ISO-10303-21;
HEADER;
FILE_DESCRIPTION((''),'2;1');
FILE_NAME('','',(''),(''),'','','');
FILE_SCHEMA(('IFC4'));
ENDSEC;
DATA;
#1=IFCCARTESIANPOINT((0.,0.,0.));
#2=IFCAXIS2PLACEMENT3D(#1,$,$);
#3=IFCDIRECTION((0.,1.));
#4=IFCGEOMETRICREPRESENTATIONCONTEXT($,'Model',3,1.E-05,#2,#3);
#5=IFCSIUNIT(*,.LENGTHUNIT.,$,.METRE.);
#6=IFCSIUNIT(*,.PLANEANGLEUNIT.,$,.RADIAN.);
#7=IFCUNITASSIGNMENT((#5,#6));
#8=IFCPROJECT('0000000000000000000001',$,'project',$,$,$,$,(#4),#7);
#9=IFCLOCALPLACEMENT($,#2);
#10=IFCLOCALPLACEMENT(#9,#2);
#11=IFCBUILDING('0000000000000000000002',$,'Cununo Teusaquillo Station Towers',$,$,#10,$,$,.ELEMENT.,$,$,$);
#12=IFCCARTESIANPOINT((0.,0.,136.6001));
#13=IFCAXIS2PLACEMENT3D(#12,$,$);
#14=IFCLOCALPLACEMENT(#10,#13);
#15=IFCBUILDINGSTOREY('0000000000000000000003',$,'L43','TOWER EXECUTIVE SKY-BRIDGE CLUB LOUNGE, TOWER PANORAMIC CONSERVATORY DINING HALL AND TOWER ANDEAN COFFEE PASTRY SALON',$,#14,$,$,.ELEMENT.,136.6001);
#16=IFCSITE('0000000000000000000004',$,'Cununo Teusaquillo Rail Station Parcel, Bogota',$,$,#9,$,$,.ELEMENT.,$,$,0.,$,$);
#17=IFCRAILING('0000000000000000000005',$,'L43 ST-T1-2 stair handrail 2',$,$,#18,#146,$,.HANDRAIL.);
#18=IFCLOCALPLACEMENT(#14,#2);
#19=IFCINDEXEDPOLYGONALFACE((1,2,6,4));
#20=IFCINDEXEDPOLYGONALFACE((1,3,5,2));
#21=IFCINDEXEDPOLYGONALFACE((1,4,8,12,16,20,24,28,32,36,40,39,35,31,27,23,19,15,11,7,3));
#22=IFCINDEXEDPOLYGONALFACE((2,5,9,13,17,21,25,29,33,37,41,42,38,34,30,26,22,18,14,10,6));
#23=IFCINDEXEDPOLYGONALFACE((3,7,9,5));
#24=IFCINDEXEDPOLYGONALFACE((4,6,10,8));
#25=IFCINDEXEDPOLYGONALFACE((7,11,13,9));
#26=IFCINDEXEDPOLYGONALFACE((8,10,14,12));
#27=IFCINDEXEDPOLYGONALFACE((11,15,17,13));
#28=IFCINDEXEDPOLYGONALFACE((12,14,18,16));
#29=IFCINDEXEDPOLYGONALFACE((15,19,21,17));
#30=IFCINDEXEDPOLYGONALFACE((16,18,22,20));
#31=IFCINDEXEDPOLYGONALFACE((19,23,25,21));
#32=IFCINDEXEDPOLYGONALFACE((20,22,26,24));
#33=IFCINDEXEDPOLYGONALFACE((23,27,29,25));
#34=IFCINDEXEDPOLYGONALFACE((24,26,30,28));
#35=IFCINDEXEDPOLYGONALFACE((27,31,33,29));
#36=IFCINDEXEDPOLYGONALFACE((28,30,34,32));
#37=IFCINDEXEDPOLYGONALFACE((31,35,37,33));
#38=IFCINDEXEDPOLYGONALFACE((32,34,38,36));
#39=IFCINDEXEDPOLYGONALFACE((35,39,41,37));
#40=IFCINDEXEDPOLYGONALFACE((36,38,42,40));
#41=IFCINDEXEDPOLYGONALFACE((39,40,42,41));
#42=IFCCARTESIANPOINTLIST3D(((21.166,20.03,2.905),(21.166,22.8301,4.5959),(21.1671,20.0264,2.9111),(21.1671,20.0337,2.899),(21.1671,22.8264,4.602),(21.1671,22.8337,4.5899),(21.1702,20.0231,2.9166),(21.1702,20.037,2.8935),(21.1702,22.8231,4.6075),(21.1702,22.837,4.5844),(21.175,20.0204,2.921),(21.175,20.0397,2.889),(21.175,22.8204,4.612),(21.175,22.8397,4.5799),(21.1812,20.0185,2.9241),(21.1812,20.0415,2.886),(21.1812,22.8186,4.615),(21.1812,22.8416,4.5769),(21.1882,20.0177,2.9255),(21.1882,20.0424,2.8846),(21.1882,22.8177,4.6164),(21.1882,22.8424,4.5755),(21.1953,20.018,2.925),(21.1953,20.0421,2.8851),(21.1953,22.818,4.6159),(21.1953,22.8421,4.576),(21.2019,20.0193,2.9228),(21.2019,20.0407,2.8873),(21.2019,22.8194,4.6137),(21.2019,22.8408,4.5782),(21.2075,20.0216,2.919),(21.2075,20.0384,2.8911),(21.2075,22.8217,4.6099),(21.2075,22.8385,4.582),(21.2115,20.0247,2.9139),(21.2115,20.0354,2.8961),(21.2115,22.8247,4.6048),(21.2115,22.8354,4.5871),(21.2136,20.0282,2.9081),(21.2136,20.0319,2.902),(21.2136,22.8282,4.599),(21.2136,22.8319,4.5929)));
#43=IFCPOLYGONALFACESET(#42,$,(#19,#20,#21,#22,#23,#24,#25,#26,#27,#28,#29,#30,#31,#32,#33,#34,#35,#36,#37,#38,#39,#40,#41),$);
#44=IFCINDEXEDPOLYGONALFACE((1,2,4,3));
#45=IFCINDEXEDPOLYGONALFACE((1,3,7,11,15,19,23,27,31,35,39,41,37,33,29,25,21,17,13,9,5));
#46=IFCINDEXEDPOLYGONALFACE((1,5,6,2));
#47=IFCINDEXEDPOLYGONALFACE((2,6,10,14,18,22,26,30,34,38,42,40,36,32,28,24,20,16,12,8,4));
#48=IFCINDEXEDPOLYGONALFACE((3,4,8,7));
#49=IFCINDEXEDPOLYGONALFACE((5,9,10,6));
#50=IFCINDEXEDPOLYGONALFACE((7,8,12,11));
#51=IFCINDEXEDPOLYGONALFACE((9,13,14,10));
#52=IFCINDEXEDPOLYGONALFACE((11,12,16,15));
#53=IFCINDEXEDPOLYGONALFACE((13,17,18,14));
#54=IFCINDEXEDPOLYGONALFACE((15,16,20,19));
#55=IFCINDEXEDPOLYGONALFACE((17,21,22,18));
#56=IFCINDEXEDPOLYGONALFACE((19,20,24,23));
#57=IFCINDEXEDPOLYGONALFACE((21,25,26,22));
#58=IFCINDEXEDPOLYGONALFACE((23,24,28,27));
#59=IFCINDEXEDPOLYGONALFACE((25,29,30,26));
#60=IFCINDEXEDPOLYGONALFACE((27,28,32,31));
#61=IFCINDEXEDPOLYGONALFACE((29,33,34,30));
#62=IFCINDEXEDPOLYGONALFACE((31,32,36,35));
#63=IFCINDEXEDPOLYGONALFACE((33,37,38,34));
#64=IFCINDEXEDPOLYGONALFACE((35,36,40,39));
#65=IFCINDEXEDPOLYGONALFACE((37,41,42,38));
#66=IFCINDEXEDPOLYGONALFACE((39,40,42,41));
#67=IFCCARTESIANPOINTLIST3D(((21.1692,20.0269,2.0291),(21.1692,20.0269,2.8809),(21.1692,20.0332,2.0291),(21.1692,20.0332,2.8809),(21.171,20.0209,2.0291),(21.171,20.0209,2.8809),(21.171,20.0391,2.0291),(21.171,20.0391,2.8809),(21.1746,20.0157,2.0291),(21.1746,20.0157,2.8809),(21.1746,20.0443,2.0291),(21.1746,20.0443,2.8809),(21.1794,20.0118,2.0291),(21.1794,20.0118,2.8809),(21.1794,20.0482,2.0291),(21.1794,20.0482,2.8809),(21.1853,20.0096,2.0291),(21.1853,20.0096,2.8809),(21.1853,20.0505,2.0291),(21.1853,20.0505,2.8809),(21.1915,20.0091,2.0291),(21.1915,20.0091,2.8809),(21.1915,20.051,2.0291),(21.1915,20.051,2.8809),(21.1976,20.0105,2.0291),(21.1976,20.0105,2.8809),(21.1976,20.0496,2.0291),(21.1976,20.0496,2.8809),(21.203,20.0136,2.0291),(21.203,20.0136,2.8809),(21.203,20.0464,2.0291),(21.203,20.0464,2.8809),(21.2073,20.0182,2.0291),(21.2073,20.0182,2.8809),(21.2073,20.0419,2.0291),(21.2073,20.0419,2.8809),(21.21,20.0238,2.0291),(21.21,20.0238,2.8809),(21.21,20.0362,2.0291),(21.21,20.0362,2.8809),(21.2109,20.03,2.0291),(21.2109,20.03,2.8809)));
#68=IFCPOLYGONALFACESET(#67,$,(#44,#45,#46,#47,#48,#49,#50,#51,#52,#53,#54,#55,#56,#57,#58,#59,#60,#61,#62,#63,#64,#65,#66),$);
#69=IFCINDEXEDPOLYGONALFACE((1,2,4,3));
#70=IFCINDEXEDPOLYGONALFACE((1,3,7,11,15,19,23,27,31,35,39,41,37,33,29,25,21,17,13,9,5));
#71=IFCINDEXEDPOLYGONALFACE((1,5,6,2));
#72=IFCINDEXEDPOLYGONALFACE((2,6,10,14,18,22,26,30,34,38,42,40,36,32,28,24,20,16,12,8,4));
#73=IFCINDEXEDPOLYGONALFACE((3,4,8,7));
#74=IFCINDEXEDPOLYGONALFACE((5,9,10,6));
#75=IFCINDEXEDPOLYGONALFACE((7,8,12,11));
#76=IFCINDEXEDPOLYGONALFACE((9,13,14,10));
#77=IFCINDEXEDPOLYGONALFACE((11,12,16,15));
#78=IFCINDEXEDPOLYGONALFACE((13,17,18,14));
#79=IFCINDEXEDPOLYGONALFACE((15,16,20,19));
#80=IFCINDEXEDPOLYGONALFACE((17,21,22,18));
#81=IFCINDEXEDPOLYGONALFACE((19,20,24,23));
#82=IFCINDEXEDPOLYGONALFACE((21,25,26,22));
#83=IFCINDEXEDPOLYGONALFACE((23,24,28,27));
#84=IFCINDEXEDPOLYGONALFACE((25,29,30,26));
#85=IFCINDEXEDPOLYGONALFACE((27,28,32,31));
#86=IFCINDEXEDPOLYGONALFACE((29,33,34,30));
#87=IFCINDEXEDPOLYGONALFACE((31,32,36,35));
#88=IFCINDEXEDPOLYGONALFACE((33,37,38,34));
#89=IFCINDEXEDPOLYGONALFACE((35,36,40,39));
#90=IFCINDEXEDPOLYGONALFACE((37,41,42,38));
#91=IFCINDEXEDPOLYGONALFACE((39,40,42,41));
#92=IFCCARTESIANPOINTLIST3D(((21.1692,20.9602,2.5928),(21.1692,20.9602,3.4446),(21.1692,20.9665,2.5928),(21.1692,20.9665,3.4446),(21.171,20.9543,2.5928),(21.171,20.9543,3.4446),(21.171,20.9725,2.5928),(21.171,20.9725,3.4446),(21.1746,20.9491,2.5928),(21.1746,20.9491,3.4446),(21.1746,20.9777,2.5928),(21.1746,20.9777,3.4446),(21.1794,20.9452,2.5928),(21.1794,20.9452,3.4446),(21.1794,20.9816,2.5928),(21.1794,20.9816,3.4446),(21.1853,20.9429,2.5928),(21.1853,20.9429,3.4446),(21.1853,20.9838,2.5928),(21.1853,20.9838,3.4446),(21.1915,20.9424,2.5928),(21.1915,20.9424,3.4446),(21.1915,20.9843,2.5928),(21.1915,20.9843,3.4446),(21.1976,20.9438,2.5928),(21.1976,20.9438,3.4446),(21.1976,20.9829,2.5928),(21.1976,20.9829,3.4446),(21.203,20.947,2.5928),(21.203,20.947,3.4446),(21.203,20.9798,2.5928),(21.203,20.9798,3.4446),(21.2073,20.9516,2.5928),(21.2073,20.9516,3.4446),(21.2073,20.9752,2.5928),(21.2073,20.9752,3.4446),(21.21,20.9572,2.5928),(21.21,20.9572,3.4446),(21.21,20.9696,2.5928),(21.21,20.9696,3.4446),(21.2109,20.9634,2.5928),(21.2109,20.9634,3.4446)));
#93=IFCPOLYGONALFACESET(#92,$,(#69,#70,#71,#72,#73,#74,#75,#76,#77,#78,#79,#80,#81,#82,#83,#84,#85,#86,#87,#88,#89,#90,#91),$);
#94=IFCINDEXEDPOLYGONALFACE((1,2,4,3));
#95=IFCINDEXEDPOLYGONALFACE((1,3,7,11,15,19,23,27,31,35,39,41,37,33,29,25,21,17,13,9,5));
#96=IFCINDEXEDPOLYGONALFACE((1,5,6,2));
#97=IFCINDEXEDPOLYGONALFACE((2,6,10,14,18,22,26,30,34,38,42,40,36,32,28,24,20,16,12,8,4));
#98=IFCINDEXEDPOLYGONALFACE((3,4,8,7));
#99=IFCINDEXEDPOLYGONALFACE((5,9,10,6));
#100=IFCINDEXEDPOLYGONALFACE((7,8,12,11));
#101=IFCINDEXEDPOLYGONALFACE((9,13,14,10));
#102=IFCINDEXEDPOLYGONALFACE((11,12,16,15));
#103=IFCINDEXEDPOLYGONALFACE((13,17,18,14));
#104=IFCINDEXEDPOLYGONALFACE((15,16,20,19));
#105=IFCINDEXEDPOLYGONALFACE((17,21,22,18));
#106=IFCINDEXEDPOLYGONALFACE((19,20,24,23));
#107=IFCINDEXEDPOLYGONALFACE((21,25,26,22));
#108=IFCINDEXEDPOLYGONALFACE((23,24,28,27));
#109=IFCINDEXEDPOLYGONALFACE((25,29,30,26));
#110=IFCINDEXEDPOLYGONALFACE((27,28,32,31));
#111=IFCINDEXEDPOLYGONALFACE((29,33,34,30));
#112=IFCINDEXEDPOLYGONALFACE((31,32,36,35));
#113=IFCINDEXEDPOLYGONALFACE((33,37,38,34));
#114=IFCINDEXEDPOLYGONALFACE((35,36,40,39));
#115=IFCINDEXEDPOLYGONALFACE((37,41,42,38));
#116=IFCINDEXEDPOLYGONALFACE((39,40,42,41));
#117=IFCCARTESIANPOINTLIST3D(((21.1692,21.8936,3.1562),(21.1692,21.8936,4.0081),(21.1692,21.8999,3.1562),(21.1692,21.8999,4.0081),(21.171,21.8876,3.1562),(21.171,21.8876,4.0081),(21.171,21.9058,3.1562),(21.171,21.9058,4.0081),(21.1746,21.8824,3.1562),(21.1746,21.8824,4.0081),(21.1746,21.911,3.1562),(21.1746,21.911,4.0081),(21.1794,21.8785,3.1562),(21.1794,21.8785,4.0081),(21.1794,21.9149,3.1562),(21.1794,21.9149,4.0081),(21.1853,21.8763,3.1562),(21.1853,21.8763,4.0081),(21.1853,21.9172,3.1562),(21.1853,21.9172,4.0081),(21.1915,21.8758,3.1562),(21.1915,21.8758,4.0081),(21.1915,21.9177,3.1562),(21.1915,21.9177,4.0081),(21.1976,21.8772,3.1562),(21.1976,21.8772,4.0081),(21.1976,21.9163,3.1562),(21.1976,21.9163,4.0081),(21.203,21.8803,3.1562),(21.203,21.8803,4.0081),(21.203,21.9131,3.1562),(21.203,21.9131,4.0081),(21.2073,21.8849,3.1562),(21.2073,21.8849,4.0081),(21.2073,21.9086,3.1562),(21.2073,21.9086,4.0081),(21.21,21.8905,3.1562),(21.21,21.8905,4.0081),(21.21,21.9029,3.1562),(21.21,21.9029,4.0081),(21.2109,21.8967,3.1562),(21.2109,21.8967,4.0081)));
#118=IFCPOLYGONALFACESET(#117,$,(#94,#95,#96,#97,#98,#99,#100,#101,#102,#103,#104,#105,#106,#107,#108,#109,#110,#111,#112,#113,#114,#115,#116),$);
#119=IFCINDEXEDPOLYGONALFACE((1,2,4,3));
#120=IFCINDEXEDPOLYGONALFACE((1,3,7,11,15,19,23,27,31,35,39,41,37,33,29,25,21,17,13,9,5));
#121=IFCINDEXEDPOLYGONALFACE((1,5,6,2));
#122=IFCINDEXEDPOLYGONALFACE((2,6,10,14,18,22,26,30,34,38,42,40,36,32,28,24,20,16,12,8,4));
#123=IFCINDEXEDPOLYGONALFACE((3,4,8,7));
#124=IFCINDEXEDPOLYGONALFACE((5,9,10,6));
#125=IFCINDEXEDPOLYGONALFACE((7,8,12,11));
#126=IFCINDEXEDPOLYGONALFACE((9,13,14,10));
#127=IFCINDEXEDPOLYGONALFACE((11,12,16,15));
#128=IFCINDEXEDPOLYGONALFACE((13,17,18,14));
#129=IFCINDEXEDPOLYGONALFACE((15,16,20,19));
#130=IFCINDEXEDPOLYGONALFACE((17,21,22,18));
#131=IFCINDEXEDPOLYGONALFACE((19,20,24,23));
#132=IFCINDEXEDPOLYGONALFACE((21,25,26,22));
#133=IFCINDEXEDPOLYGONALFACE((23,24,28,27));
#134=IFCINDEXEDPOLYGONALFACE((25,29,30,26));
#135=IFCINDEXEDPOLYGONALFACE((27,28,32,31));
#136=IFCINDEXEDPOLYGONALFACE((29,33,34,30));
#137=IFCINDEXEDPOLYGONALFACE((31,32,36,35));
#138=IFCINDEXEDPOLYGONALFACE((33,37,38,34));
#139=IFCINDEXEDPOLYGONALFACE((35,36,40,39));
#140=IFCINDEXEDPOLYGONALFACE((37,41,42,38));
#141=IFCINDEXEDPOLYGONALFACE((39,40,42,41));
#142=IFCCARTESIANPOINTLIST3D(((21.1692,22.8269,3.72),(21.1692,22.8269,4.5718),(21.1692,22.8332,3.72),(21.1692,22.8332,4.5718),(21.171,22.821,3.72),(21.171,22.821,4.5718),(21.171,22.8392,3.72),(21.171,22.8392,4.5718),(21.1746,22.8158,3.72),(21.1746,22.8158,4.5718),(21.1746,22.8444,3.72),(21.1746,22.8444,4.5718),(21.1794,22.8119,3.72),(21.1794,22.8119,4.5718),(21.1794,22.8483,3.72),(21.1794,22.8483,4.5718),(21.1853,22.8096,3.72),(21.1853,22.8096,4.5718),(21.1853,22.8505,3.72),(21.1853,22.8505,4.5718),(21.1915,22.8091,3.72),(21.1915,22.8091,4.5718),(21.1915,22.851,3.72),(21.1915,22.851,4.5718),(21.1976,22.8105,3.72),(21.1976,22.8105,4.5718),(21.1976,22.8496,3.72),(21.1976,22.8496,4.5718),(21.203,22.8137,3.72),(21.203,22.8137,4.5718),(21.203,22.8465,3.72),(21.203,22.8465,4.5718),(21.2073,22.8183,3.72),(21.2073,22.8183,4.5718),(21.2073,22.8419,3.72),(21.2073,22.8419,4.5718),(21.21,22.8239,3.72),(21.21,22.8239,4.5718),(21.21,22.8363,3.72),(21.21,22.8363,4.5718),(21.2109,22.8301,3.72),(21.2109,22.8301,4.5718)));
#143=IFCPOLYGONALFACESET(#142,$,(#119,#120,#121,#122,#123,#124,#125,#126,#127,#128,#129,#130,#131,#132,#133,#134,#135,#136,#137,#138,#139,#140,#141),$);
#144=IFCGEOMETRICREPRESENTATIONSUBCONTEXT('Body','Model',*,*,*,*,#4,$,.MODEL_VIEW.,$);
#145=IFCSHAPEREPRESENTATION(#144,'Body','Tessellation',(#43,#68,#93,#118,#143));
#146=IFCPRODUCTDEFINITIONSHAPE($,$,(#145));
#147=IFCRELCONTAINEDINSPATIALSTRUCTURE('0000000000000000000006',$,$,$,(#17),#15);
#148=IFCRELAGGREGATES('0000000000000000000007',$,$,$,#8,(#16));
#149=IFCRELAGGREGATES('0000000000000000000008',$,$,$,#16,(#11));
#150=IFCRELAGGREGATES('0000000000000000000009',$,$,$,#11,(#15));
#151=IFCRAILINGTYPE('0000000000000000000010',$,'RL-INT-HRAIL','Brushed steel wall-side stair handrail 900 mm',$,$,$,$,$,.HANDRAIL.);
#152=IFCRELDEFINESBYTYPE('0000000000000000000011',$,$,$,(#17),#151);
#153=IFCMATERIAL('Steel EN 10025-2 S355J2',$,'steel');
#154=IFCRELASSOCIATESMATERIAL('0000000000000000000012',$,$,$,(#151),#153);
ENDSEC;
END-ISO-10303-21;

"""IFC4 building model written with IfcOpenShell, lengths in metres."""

from ifc_helpers import new_model, si_unit, direction, frame, origin, origin_2d, place, context, subcontext, project, spatial, circle, extrude, material, type_object, element, save


model = new_model("IFC4")

# Units and contexts
model_context = context("Model", 3, precision=1e-05, world=origin(), true_north=direction((0.0, 1.0)))
body_context = subcontext(model_context, "Body", "Model", "MODEL_VIEW")
ifc_project = project(units=[si_unit("LENGTHUNIT", "METRE"), si_unit("PLANEANGLEUNIT", "RADIAN")], contexts=[model_context])

# Site, building, storey
site_placement = place(None, origin())
site = spatial("IfcSite", under=ifc_project, at=site_placement, Name="Cununo Teusaquillo Rail Station Parcel, Bogota", CompositionType="ELEMENT", RefElevation=0.0)
building_placement = place(site_placement, origin())
building = spatial("IfcBuilding", under=site, at=building_placement, Name="Cununo Teusaquillo Station Towers", CompositionType="ELEMENT")
storey_placement = place(building_placement, frame((0.0, 0.0, 136.6001)))
storey = spatial("IfcBuildingStorey", under=building, at=storey_placement, Name="L43", Description="TOWER EXECUTIVE SKY-BRIDGE CLUB LOUNGE, TOWER PANORAMIC CONSERVATORY DINING HALL AND TOWER ANDEAN COFFEE PASTRY SALON", CompositionType="ELEMENT", Elevation=136.6001)

# Railing
ifc_material_1 = material(Name="Steel EN 10025-2 S355J2", Category="steel")
railing_type_1 = type_object("IfcRailingType", Name="RL-INT-HRAIL", Description="Brushed steel wall-side stair handrail 900 mm", PredefinedType="HANDRAIL", material=ifc_material_1)
railing_1_placement = place(storey_placement, frame((21.1899, 20.03, 2.0291)))
element("IfcRailing", 1, at=railing_1_placement, inside=storey, type_object=railing_type_1, Name="L43 ST-T1-2 stair handrail 2", PredefinedType="HANDRAIL", context=body_context, shape_type="SweptSolid", body=[
    extrude(circle(Radius=0.0239, at=origin_2d()), frame((0.0, 0.0, 0.876), z_axis=(0.0, 0.856021, 0.516941), x_axis=(-1.0, 0.0, 0.0)), (0.0, 0.0, 1.0), 3.271),
    extrude(circle(Radius=0.021, at=origin_2d()), origin(), (0.0, 0.0, 1.0), 0.8518),
    extrude(circle(Radius=0.021, at=origin_2d()), frame((0.0, 0.9333, 0.5637)), (0.0, 0.0, 1.0), 0.8518),
    extrude(circle(Radius=0.021, at=origin_2d()), frame((0.0, 1.8667, 1.1272)), (0.0, 0.0, 1.0), 0.8518),
    extrude(circle(Radius=0.021, at=origin_2d()), frame((0.0, 2.8, 1.6909)), (0.0, 0.0, 1.0), 0.8518),
])

save(model, "model.ifc")
